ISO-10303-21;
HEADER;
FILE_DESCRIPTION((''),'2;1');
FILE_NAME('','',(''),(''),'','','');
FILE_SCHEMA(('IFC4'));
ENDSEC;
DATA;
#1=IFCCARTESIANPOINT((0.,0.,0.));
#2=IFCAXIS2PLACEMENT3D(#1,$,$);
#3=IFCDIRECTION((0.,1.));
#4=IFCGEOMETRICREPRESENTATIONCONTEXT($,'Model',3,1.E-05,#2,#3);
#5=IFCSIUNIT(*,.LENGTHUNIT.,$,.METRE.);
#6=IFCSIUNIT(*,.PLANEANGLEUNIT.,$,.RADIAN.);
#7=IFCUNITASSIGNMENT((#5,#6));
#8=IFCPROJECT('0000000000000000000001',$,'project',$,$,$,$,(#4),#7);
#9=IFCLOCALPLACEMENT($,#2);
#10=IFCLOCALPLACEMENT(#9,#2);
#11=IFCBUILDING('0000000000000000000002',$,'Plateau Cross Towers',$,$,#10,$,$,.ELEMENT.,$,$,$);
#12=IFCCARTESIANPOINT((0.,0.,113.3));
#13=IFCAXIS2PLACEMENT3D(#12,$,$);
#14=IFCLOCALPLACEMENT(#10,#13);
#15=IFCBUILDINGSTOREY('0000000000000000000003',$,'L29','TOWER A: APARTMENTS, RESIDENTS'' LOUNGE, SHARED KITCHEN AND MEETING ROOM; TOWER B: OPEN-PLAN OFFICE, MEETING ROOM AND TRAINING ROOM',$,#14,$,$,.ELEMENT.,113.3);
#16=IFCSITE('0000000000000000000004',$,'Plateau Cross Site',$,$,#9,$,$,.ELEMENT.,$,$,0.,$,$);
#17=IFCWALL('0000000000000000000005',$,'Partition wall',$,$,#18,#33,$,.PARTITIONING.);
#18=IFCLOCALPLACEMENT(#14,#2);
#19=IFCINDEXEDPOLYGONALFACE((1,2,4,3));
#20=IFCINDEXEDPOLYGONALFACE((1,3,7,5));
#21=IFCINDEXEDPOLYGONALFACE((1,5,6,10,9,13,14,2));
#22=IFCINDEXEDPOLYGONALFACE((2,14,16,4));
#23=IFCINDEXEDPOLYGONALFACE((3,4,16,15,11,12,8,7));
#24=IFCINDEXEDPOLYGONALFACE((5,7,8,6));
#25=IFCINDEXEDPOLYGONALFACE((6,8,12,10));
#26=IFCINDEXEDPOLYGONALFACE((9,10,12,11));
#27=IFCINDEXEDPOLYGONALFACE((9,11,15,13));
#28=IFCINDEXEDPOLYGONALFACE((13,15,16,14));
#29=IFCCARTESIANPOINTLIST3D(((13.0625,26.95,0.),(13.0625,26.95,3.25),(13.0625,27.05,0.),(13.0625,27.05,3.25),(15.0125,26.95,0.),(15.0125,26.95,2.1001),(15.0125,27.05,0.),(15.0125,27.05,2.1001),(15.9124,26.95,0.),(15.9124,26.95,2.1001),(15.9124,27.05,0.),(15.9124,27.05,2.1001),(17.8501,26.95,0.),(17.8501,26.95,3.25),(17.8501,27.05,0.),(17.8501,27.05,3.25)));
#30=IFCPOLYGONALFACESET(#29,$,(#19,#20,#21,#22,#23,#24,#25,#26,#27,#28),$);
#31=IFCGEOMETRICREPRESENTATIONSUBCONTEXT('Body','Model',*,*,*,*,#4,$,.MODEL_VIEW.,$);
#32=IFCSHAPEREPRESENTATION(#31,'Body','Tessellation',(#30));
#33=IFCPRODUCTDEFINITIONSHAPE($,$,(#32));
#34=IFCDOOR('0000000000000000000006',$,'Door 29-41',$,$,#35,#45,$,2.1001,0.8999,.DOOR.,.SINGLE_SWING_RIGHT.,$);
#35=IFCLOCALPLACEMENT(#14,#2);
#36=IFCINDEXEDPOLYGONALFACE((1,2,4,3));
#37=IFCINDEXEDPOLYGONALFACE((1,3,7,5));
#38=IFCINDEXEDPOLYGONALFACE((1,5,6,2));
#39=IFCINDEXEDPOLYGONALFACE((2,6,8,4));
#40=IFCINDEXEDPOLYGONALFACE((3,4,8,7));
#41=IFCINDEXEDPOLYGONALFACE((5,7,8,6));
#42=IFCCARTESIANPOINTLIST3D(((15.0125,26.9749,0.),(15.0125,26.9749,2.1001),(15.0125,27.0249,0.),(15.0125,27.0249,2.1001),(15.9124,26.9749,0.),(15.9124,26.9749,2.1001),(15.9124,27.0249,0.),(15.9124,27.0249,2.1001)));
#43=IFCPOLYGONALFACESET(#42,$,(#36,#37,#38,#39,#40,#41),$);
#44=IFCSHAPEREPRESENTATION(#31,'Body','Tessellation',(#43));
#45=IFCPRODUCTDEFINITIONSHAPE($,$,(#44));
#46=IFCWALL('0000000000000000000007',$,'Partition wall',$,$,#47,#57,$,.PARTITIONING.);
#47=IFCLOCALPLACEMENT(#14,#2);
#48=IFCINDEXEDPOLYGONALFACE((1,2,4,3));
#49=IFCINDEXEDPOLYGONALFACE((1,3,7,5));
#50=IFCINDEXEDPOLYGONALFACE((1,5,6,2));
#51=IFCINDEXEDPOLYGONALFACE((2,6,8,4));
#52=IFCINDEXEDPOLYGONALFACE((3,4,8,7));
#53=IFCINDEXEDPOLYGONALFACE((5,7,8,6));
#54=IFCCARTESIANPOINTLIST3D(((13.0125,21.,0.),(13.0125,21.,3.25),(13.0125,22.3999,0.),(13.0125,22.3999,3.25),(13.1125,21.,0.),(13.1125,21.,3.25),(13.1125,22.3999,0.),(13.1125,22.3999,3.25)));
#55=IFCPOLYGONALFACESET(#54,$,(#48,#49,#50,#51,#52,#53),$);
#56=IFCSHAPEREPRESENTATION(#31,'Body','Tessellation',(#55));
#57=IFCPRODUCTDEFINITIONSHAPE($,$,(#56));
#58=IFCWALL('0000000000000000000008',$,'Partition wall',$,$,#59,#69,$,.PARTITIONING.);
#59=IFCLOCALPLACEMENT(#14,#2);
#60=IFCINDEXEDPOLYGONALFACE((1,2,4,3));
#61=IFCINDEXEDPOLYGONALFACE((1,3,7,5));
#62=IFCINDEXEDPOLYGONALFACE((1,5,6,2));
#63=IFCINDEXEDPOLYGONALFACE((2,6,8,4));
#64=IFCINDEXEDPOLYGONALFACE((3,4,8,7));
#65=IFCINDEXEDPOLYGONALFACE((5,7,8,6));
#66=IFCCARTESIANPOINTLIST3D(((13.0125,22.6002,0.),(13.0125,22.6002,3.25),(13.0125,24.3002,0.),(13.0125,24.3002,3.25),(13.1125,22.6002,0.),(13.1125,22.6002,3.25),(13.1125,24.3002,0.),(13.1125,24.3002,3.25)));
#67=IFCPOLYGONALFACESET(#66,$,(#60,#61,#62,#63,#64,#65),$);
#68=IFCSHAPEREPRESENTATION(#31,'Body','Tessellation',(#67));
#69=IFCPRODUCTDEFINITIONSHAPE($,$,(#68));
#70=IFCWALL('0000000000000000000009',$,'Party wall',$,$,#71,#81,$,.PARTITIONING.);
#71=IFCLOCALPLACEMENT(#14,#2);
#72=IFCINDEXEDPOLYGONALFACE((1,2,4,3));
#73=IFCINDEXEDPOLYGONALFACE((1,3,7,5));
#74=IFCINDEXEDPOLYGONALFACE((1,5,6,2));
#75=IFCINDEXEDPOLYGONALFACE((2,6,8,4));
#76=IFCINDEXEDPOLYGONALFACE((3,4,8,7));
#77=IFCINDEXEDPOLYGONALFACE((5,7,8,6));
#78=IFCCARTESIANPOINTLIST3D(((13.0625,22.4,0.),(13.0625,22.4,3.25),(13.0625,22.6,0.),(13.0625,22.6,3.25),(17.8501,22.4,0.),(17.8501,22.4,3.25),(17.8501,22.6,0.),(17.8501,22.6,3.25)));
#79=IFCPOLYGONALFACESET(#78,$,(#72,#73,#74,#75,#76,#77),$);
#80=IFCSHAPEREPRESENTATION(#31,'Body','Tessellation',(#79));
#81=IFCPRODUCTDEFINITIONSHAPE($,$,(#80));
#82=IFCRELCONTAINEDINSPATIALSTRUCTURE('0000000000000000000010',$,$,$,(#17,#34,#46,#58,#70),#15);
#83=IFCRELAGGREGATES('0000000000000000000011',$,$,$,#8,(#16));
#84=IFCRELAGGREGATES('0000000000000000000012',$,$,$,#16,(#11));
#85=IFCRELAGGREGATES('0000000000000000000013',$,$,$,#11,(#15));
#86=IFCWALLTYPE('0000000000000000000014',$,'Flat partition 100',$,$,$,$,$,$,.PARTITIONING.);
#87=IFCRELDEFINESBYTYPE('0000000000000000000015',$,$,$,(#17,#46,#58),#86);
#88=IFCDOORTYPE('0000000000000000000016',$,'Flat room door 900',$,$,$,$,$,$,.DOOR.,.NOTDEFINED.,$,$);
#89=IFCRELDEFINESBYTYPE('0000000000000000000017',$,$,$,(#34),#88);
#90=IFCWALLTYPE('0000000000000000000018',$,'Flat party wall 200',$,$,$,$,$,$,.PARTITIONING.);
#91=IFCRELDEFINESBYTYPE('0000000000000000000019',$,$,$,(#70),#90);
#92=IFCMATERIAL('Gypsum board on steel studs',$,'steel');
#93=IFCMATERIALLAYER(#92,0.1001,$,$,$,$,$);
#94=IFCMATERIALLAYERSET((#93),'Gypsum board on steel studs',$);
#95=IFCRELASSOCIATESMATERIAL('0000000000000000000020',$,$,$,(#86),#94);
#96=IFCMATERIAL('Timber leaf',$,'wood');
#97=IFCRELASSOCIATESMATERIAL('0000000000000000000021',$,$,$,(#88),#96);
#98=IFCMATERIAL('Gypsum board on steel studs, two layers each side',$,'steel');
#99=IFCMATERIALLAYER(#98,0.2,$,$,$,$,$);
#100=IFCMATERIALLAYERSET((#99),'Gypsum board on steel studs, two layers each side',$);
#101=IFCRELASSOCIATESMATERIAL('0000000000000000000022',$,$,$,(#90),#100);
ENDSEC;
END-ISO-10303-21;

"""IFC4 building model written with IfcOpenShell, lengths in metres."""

from ifc_helpers import new_model, si_unit, direction, frame, frame_2d, origin, place, context, subcontext, project, spatial, rectangle, extrude, material, layer, layer_set, type_object, element, fill, save


model = new_model("IFC4")

# Units and contexts
model_context = context("Model", 3, precision=1e-05, world=origin(), true_north=direction((0.0, 1.0)))
body_context = subcontext(model_context, "Body", "Model", "MODEL_VIEW")
ifc_project = project(units=[si_unit("LENGTHUNIT", "METRE"), si_unit("PLANEANGLEUNIT", "RADIAN")], contexts=[model_context])

# Site, building, storey
site_placement = place(None, origin())
site = spatial("IfcSite", under=ifc_project, at=site_placement, Name="Plateau Cross Site", CompositionType="ELEMENT", RefElevation=0.0)
building_placement = place(site_placement, origin())
building = spatial("IfcBuilding", under=site, at=building_placement, Name="Plateau Cross Towers", CompositionType="ELEMENT")
storey_placement = place(building_placement, frame((0.0, 0.0, 113.3)))
storey = spatial("IfcBuildingStorey", under=building, at=storey_placement, Name="L29", Description="TOWER A: APARTMENTS, RESIDENTS' LOUNGE, SHARED KITCHEN AND MEETING ROOM; TOWER B: OPEN-PLAN OFFICE, MEETING ROOM AND TRAINING ROOM", CompositionType="ELEMENT", Elevation=113.3)

# Wall, opening, door
ifc_material_1 = material(Name="Gypsum board on steel studs", Category="steel")
ifc_layer_1 = layer(ifc_material_1, 0.1001)
ifc_layer_set_1 = layer_set([ifc_layer_1], Name="Gypsum board on steel studs")
wall_type_1 = type_object("IfcWallType", Name="Flat partition 100", PredefinedType="PARTITIONING", material=ifc_layer_set_1)
ifc_material_2 = material(Name="Timber leaf", Category="wood")
door_type = type_object("IfcDoorType", Name="Flat room door 900", OperationType="NOTDEFINED", PredefinedType="DOOR", material=ifc_material_2)
wall_1_placement = place(storey_placement, frame((13.0625, 27.0, 0.0), z_axis=(0.0, 0.0, 1.0), x_axis=(1.0, 0.0, 0.0)))
wall_1 = element("IfcWall", 1, at=wall_1_placement, inside=storey, type_object=wall_type_1, Name="Partition wall", PredefinedType="PARTITIONING", context=body_context, shape_type="SweptSolid", body=[
    extrude(rectangle(XDim=4.7876, YDim=0.1001, at=frame_2d((2.3938, 0.0))), origin(), (0.0, 0.0, 1.0), 3.25),
])
opening_1_placement = place(wall_1_placement, frame((1.95, 0.0, 0.0)))
opening_1 = element("IfcOpeningElement", 2, at=opening_1_placement, cuts=wall_1, PredefinedType="OPENING", context=body_context, shape_type="SweptSolid", body=[
    extrude(rectangle(XDim=0.8999, YDim=2.1001, at=frame_2d((0.45, 1.05))), frame((0.0, 0.0601, 0.0), z_axis=(0.0, -1.0, 0.0), x_axis=(1.0, 0.0, 0.0)), (0.0, 0.0, 1.0), 0.1201),
])
door_1_placement = place(opening_1_placement, origin())
door_1 = element("IfcDoor", 3, at=door_1_placement, inside=storey, type_object=door_type, Name="Door 29-41", OperationType="SINGLE_SWING_RIGHT", OverallHeight=2.1001, OverallWidth=0.8999, PredefinedType="DOOR", context=body_context, shape_type="SweptSolid", body=[
    extrude(rectangle(XDim=0.8999, YDim=2.1001, at=frame_2d((0.45, 1.05))), frame((0.0, 0.0249, 0.0), z_axis=(0.0, -1.0, 0.0), x_axis=(1.0, 0.0, 0.0)), (0.0, 0.0, 1.0), 0.05),
])
fill(opening_1, door_1)

# Walls
wall_2_placement = place(storey_placement, frame((13.0625, 21.0, 0.0), z_axis=(0.0, 0.0, 1.0), x_axis=(0.0, 1.0, 0.0)))
element("IfcWall", 4, at=wall_2_placement, inside=storey, type_object=wall_type_1, Name="Partition wall", PredefinedType="PARTITIONING", context=body_context, shape_type="SweptSolid", body=[
    extrude(rectangle(XDim=1.3999, YDim=0.1001, at=frame_2d((0.7, 0.0))), origin(), (0.0, 0.0, 1.0), 3.25),
])
wall_3_placement = place(storey_placement, frame((13.0625, 22.6001, 0.0), z_axis=(0.0, 0.0, 1.0), x_axis=(0.0, 1.0, 0.0)))
element("IfcWall", 5, at=wall_3_placement, inside=storey, type_object=wall_type_1, Name="Partition wall", PredefinedType="PARTITIONING", context=body_context, shape_type="SweptSolid", body=[
    extrude(rectangle(XDim=1.7, YDim=0.1001, at=frame_2d((0.8501, 0.0))), origin(), (0.0, 0.0, 1.0), 3.25),
])
ifc_material_3 = material(Name="Gypsum board on steel studs, two layers each side", Category="steel")
ifc_layer_2 = layer(ifc_material_3, 0.2)
ifc_layer_set_2 = layer_set([ifc_layer_2], Name="Gypsum board on steel studs, two layers each side")
wall_type_2 = type_object("IfcWallType", Name="Flat party wall 200", PredefinedType="PARTITIONING", material=ifc_layer_set_2)
wall_4_placement = place(storey_placement, frame((13.0625, 22.5, 0.0), z_axis=(0.0, 0.0, 1.0), x_axis=(1.0, 0.0, 0.0)))
element("IfcWall", 6, at=wall_4_placement, inside=storey, type_object=wall_type_2, Name="Party wall", PredefinedType="PARTITIONING", context=body_context, shape_type="SweptSolid", body=[
    extrude(rectangle(XDim=4.7876, YDim=0.2, at=frame_2d((2.3938, 0.0))), origin(), (0.0, 0.0, 1.0), 3.25),
])

save(model, "model.ifc")
